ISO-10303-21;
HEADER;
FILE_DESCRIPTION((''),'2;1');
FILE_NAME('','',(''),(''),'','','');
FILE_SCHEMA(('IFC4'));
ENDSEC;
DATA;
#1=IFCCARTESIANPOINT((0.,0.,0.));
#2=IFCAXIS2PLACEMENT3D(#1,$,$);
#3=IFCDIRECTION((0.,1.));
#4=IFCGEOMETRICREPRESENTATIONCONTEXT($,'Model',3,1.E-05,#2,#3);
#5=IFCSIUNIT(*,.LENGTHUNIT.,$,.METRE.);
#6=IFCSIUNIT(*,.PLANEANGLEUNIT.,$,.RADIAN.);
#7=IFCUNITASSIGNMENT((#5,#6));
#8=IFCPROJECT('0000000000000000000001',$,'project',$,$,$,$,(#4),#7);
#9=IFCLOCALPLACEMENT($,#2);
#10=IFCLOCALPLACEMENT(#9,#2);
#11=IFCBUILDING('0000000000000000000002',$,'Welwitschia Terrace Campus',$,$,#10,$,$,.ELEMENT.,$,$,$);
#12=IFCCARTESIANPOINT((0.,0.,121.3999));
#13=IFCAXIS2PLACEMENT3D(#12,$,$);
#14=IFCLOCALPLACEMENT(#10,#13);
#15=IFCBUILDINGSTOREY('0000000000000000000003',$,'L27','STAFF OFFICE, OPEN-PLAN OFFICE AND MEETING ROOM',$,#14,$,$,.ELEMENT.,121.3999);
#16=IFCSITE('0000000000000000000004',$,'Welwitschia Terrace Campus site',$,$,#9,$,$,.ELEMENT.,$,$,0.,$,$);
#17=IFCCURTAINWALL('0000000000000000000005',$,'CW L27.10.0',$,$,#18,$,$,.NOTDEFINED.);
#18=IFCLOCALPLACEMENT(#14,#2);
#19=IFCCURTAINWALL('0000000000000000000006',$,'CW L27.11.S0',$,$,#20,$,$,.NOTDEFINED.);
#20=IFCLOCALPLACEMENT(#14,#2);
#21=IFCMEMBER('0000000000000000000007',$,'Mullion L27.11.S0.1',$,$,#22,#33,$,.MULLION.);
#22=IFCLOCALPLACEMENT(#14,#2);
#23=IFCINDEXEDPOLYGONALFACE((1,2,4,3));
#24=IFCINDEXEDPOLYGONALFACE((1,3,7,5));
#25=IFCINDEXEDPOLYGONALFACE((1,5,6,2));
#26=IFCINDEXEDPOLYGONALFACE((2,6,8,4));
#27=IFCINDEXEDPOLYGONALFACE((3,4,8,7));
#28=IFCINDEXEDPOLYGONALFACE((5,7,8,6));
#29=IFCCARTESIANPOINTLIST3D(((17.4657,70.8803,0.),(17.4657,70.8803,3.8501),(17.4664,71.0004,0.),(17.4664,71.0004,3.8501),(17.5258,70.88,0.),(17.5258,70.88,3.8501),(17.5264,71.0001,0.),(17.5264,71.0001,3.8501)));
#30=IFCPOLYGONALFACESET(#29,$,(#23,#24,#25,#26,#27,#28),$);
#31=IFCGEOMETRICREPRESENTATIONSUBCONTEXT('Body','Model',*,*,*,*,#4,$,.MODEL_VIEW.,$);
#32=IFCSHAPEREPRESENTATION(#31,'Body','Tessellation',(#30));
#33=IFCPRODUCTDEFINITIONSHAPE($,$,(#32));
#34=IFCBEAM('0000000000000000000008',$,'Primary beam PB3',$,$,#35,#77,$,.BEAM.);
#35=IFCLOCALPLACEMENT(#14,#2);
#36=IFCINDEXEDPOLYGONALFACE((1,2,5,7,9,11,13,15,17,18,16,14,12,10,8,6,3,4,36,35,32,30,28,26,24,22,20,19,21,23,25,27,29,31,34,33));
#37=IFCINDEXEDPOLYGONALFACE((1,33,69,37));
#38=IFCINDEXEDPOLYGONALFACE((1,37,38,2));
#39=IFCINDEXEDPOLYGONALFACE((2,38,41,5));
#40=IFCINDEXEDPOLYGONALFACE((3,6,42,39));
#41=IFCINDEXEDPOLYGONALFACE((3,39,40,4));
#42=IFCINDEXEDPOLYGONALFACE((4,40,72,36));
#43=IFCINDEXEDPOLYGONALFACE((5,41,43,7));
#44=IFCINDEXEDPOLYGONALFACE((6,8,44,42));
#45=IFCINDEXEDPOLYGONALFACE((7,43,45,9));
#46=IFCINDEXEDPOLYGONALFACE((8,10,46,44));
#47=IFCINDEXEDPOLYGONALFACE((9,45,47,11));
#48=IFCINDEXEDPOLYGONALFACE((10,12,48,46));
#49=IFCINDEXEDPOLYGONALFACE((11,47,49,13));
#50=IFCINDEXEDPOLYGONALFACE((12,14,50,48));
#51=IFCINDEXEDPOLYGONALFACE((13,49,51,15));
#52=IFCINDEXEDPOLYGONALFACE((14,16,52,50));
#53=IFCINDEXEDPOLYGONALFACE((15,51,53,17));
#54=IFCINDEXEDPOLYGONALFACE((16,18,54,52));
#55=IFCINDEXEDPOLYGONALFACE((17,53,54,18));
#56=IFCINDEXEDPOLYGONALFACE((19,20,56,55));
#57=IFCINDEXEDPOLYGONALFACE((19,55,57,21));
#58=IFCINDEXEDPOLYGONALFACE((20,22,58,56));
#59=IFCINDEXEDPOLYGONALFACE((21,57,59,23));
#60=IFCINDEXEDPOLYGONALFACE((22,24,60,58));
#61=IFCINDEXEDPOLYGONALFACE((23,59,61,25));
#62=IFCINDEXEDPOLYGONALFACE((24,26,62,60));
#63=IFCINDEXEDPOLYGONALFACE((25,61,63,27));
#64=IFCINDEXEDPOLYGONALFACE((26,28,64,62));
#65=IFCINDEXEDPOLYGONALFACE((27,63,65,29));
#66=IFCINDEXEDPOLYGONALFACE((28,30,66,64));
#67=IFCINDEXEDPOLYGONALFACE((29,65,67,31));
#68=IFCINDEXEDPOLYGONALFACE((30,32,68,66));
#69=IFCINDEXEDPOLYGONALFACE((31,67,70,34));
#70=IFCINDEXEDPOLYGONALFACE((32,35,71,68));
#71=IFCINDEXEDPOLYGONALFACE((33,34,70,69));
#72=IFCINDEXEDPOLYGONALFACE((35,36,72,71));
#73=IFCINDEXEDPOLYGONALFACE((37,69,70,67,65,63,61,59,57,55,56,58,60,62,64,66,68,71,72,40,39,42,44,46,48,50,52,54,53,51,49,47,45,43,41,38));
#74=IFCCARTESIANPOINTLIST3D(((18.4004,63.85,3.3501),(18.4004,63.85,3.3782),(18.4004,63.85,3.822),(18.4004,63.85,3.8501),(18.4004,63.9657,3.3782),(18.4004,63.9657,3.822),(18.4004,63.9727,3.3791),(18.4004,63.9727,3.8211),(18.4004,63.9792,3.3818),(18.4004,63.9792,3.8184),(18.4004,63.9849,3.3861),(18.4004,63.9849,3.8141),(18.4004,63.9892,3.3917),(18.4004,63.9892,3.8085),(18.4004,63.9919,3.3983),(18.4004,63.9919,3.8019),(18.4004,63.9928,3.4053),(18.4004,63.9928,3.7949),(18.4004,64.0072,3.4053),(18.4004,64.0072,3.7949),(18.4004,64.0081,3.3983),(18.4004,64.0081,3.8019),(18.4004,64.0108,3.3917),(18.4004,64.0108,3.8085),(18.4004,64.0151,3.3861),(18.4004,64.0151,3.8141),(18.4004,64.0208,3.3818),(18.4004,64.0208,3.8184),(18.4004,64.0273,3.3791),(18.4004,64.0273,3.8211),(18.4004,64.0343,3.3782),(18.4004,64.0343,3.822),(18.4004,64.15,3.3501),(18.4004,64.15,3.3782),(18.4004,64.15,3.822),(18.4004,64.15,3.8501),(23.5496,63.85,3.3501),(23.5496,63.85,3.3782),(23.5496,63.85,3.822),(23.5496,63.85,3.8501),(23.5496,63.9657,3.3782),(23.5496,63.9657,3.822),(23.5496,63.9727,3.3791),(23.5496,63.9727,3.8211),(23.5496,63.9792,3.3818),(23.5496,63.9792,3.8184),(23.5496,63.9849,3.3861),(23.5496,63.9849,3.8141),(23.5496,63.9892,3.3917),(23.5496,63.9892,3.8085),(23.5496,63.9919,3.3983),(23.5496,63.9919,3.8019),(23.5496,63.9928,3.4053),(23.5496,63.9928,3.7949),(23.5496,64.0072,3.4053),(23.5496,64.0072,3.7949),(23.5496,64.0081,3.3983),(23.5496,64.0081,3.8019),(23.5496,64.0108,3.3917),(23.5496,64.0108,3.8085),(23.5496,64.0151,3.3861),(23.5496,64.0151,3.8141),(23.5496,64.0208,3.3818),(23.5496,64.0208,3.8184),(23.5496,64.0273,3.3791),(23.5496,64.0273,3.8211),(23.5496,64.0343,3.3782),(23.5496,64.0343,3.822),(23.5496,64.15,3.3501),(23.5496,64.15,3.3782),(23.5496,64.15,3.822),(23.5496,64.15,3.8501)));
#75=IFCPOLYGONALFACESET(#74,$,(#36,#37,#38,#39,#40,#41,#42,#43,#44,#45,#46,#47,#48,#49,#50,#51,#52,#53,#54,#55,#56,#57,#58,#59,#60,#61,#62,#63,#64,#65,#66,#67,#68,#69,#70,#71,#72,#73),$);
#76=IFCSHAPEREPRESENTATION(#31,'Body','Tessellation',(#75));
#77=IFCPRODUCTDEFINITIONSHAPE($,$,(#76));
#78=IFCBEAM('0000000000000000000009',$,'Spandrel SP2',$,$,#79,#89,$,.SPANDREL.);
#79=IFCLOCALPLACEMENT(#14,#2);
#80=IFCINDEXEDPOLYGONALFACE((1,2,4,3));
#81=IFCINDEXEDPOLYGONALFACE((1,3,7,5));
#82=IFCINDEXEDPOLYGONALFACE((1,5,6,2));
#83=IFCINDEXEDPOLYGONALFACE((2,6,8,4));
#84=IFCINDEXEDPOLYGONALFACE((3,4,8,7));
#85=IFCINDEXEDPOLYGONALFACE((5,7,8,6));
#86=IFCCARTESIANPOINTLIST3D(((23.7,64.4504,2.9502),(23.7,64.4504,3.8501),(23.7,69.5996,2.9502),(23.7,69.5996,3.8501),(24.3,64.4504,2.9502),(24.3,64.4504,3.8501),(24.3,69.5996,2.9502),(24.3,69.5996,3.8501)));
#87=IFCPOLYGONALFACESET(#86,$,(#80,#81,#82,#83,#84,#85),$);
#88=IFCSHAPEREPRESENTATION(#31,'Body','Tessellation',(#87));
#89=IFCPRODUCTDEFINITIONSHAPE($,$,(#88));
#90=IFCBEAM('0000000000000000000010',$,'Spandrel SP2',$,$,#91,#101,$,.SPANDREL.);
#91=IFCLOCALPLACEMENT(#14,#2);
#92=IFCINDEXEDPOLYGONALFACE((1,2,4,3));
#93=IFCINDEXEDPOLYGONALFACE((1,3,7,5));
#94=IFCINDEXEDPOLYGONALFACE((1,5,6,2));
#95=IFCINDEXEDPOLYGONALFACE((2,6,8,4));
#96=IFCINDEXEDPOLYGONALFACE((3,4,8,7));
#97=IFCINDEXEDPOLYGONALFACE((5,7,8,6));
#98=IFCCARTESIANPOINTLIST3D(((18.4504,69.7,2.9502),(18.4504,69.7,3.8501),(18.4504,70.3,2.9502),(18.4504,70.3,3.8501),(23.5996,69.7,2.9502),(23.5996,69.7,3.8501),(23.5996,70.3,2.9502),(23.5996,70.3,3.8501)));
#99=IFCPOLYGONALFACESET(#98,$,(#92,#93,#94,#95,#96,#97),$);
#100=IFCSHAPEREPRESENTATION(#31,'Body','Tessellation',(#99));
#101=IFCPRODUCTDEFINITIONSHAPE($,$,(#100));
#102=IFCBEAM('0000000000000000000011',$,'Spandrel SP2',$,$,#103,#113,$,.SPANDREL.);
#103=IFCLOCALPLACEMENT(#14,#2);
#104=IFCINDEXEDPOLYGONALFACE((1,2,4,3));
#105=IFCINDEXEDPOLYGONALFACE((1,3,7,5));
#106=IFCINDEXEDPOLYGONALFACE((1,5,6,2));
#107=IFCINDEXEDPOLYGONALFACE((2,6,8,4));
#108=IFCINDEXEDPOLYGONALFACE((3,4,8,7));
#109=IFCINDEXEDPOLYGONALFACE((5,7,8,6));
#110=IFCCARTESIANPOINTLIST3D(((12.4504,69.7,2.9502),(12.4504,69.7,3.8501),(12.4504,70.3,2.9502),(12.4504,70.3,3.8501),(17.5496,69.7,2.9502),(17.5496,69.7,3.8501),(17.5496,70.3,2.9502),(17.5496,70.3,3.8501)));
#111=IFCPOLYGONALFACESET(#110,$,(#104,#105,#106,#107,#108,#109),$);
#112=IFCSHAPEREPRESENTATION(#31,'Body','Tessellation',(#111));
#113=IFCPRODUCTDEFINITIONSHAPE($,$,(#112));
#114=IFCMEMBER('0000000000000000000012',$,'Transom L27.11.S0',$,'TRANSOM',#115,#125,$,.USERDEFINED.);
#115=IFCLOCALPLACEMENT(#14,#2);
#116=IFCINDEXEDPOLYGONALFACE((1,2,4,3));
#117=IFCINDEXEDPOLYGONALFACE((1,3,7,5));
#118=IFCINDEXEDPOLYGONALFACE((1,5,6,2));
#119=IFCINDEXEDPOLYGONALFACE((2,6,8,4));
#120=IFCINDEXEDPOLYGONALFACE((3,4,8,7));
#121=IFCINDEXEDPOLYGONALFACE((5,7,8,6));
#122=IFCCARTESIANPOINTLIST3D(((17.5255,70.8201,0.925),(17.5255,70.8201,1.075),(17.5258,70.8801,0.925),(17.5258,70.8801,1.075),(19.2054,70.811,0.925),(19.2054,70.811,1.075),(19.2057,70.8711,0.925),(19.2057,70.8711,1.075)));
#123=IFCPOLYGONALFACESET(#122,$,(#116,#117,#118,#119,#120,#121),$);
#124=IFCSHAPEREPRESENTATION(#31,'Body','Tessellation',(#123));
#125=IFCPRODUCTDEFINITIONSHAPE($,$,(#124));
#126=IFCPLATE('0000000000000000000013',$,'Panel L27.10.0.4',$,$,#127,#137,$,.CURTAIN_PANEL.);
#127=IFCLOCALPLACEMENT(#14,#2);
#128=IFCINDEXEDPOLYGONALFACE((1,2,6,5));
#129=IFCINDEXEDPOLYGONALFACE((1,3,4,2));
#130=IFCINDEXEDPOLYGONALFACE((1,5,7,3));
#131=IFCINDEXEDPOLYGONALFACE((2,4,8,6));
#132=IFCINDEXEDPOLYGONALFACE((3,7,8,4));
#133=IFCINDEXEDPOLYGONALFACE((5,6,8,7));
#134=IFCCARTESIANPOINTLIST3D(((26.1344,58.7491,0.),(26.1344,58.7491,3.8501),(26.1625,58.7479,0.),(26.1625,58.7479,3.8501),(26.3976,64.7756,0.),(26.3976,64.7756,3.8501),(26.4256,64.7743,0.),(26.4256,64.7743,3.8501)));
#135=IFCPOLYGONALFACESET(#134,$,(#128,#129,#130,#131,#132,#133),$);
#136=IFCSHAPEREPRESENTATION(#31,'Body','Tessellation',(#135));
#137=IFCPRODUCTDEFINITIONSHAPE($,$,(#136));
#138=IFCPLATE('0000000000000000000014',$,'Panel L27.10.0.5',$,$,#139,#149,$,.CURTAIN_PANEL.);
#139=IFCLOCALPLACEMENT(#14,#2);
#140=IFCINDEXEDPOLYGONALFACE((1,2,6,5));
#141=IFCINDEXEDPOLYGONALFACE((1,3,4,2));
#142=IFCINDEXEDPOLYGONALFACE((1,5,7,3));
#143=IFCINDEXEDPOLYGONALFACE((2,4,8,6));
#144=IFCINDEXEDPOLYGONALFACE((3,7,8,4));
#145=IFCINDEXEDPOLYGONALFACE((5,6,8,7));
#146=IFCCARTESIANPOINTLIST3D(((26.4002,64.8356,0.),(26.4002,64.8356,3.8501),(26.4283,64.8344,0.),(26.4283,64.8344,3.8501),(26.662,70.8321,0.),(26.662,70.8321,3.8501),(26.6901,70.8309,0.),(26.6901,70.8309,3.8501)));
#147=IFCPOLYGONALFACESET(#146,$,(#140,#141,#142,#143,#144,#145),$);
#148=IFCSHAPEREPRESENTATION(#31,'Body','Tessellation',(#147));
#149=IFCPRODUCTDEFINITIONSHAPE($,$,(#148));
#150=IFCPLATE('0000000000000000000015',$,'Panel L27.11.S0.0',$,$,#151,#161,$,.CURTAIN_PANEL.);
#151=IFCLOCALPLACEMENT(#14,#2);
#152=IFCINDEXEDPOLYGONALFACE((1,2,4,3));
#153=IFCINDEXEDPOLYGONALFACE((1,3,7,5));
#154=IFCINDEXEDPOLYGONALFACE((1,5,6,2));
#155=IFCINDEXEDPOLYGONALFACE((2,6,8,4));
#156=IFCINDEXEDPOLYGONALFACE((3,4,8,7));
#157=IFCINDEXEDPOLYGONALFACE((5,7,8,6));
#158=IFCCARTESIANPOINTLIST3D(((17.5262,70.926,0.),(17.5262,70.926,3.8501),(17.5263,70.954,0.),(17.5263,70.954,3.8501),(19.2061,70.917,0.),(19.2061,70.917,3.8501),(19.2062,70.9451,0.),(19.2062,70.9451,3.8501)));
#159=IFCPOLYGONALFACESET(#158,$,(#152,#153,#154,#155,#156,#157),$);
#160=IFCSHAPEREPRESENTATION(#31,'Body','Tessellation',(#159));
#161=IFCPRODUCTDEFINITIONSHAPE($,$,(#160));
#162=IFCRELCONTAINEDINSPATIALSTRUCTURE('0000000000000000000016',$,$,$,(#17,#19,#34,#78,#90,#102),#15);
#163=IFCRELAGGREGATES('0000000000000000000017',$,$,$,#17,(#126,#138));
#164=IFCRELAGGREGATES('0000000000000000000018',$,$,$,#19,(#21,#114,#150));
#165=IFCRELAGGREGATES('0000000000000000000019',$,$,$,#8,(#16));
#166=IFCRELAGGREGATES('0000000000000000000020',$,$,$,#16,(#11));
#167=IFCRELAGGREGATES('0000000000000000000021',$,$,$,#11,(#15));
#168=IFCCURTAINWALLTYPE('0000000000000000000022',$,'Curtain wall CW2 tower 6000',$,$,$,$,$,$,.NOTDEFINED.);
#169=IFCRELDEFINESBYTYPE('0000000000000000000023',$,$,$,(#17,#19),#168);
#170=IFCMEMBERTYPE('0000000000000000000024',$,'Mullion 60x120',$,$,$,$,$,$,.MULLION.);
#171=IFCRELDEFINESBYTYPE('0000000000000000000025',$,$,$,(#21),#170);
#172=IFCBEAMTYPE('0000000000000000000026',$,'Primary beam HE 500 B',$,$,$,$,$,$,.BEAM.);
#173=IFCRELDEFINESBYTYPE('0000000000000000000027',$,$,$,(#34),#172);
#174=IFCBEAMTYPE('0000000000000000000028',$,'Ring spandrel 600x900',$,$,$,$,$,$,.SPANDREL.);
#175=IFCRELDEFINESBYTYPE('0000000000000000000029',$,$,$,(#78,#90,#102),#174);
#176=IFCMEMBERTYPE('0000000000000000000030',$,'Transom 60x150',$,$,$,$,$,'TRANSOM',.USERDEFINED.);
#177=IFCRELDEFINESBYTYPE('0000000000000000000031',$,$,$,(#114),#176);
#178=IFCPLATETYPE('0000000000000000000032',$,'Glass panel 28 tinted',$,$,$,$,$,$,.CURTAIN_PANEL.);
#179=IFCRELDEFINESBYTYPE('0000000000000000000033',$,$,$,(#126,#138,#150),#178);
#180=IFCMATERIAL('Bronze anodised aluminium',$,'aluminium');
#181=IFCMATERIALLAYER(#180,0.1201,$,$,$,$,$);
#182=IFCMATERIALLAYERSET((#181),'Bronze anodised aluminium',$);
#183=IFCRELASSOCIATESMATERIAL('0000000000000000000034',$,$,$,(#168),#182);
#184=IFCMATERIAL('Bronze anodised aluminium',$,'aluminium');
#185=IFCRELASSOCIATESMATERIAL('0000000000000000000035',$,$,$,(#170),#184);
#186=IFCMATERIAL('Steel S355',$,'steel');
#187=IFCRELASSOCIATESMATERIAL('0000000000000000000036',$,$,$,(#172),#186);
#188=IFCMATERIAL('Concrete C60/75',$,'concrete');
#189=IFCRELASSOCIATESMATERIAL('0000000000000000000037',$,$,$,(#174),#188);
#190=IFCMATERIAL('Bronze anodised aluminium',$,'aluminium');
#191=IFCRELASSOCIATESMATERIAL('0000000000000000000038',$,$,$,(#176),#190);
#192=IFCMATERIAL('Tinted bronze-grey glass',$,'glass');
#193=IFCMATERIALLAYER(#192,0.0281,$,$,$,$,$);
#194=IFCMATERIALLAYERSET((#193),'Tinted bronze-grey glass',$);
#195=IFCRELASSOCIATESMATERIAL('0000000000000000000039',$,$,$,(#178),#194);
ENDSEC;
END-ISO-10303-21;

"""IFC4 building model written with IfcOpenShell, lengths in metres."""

from ifc_helpers import new_model, si_unit, direction, frame, origin, origin_2d, place, context, subcontext, project, spatial, rectangle, i_section, extrude, material, layer, layer_set, material_profile, profile_set, type_object, element, aggregate, save


model = new_model("IFC4")

# Units and contexts
model_context = context("Model", 3, precision=1e-05, world=origin(), true_north=direction((0.0, 1.0)))
body_context = subcontext(model_context, "Body", "Model", "MODEL_VIEW")
ifc_project = project(units=[si_unit("LENGTHUNIT", "METRE"), si_unit("PLANEANGLEUNIT", "RADIAN")], contexts=[model_context])

# Site, building, storey
site_placement = place(None, origin())
site = spatial("IfcSite", under=ifc_project, at=site_placement, Name="Welwitschia Terrace Campus site", CompositionType="ELEMENT", RefElevation=0.0)
building_placement = place(site_placement, origin())
building = spatial("IfcBuilding", under=site, at=building_placement, Name="Welwitschia Terrace Campus", CompositionType="ELEMENT")
storey_placement = place(building_placement, frame((0.0, 0.0, 121.3999)))
storey = spatial("IfcBuildingStorey", under=building, at=storey_placement, Name="L27", Description="STAFF OFFICE, OPEN-PLAN OFFICE AND MEETING ROOM", CompositionType="ELEMENT", Elevation=121.3999)

# Curtain walls, member
ifc_material_1 = material(Name="Bronze anodised aluminium", Category="aluminium")
ifc_layer_1 = layer(ifc_material_1, 0.1201)
ifc_layer_set_1 = layer_set([ifc_layer_1], Name="Bronze anodised aluminium")
curtain_wall_type = type_object("IfcCurtainWallType", Name="Curtain wall CW2 tower 6000", PredefinedType="NOTDEFINED", material=ifc_layer_set_1)
curtain_wall_1_placement = place(storey_placement, origin())
curtain_wall_1 = element("IfcCurtainWall", 1, at=curtain_wall_1_placement, inside=storey, type_object=curtain_wall_type, Name="CW L27.10.0", PredefinedType="NOTDEFINED")
ifc_material_2 = material(Name="Bronze anodised aluminium", Category="aluminium")
ifc_material_profile_1 = material_profile(ifc_material_2, rectangle(XDim=0.1201, YDim=0.0601, at=origin_2d()))
ifc_profile_set_1 = profile_set([ifc_material_profile_1], Name="Bronze anodised aluminium")
member_type_1 = type_object("IfcMemberType", Name="Mullion 60x120", PredefinedType="MULLION", material=ifc_profile_set_1)
curtain_wall_2_placement = place(storey_placement, origin())
curtain_wall_2 = element("IfcCurtainWall", 2, at=curtain_wall_2_placement, inside=storey, type_object=curtain_wall_type, Name="CW L27.11.S0", PredefinedType="NOTDEFINED")
member_1_placement = place(storey_placement, frame((17.4961, 70.9402, 0.0), z_axis=(0.0, 0.0, 1.0), x_axis=(-0.005314, -0.999986, 0.0)))
member_1 = element("IfcMember", 3, at=member_1_placement, type_object=member_type_1, Name="Mullion L27.11.S0.1", PredefinedType="MULLION", context=body_context, shape_type="SweptSolid", body=[
    extrude(rectangle(XDim=0.1201, YDim=0.0601, at=origin_2d()), origin(), (0.0, 0.0, 1.0), 3.8501),
])

# Beams
ifc_material_3 = material(Name="Steel S355", Category="steel")
ifc_material_profile_2 = material_profile(ifc_material_3, i_section(OverallWidth=0.3, OverallDepth=0.5, WebThickness=0.0144, FlangeThickness=0.0281, FilletRadius=0.0271, at=origin_2d()))
ifc_profile_set_2 = profile_set([ifc_material_profile_2], Name="Steel S355")
beam_type_1 = type_object("IfcBeamType", Name="Primary beam HE 500 B", PredefinedType="BEAM", material=ifc_profile_set_2)
beam_1_placement = place(storey_placement, frame((23.5496, 64.0, 3.6001), z_axis=(-1.0, 0.0, 0.0), x_axis=(0.0, -1.0, 0.0)))
element("IfcBeam", 4, at=beam_1_placement, inside=storey, type_object=beam_type_1, Name="Primary beam PB3", PredefinedType="BEAM", context=body_context, shape_type="SweptSolid", body=[
    extrude(i_section(OverallWidth=0.3, OverallDepth=0.5, WebThickness=0.0144, FlangeThickness=0.0281, FilletRadius=0.0271, at=origin_2d()), origin(), (0.0, 0.0, 1.0), 5.1492),
])
ifc_material_4 = material(Name="Concrete C60/75", Category="concrete")
ifc_material_profile_3 = material_profile(ifc_material_4, rectangle(XDim=0.6001, YDim=0.8999, at=origin_2d()))
ifc_profile_set_3 = profile_set([ifc_material_profile_3], Name="Concrete C60/75")
beam_type_2 = type_object("IfcBeamType", Name="Ring spandrel 600x900", PredefinedType="SPANDREL", material=ifc_profile_set_3)
for number, where, z_axis, x_axis, name in (
    (5, (24.0, 64.4504, 3.4001), (0.0, 1.0, 0.0), (-1.0, 0.0, 0.0), "Spandrel SP2"),
    (6, (23.5996, 70.0, 3.4001), (-1.0, 0.0, 0.0), (0.0, -1.0, 0.0), "Spandrel SP2"),
):
    element("IfcBeam", number, at=place(storey_placement, frame(where, z_axis=z_axis, x_axis=x_axis)), inside=storey, type_object=beam_type_2, Name=name, PredefinedType="SPANDREL", context=body_context, shape_type="SweptSolid", body=[
        extrude(rectangle(XDim=0.6001, YDim=0.8999, at=origin_2d()), origin(), (0.0, 0.0, 1.0), 5.1492),
    ])
beam_2_placement = place(storey_placement, frame((17.5496, 70.0, 3.4001), z_axis=(-1.0, 0.0, 0.0), x_axis=(0.0, -1.0, 0.0)))
element("IfcBeam", 7, at=beam_2_placement, inside=storey, type_object=beam_type_2, Name="Spandrel SP2", PredefinedType="SPANDREL", context=body_context, shape_type="SweptSolid", body=[
    extrude(rectangle(XDim=0.6001, YDim=0.8999, at=origin_2d()), origin(), (0.0, 0.0, 1.0), 5.0991),
])

# Member
ifc_material_5 = material(Name="Bronze anodised aluminium", Category="aluminium")
ifc_material_profile_4 = material_profile(ifc_material_5, rectangle(XDim=0.0601, YDim=0.1499, at=origin_2d()))
ifc_profile_set_4 = profile_set([ifc_material_profile_4], Name="Bronze anodised aluminium")
member_type_2 = type_object("IfcMemberType", Name="Transom 60x150", ElementType="TRANSOM", PredefinedType="USERDEFINED", material=ifc_profile_set_4)
member_2_placement = place(storey_placement, frame((19.2056, 70.8411, 1.0), z_axis=(-0.999986, 0.005377, 0.0), x_axis=(-0.005377, -0.999986, 0.0)))
member_2 = element("IfcMember", 8, at=member_2_placement, type_object=member_type_2, Name="Transom L27.11.S0", ObjectType="TRANSOM", PredefinedType="USERDEFINED", context=body_context, shape_type="SweptSolid", body=[
    extrude(rectangle(XDim=0.0601, YDim=0.1499, at=origin_2d()), origin(), (0.0, 0.0, 1.0), 1.6799),
])

# Plates
ifc_material_6 = material(Name="Tinted bronze-grey glass", Category="glass")
ifc_layer_2 = layer(ifc_material_6, 0.0281)
ifc_layer_set_2 = layer_set([ifc_layer_2], Name="Tinted bronze-grey glass")
plate_type = type_object("IfcPlateType", Name="Glass panel 28 tinted", PredefinedType="CURTAIN_PANEL", material=ifc_layer_set_2)
plate_1_placement = place(storey_placement, frame((26.28, 61.7617, 0.0), z_axis=(0.0, 0.0, 1.0), x_axis=(0.043619, 0.999048, 0.0)))
plate_1 = element("IfcPlate", 9, at=plate_1_placement, type_object=plate_type, Name="Panel L27.10.0.4", PredefinedType="CURTAIN_PANEL", context=body_context, shape_type="SweptSolid", body=[
    extrude(rectangle(XDim=6.0322, YDim=0.0281, at=origin_2d()), origin(), (0.0, 0.0, 1.0), 3.8501),
])
plate_2_placement = place(storey_placement, frame((26.5452, 67.8333, 0.0), z_axis=(0.0, 0.0, 1.0), x_axis=(0.043619, 0.999048, 0.0)))
plate_2 = element("IfcPlate", 10, at=plate_2_placement, type_object=plate_type, Name="Panel L27.10.0.5", PredefinedType="CURTAIN_PANEL", context=body_context, shape_type="SweptSolid", body=[
    extrude(rectangle(XDim=6.0022, YDim=0.0281, at=origin_2d()), origin(), (0.0, 0.0, 1.0), 3.8501),
])
aggregate(curtain_wall_1, [plate_1, plate_2])
plate_3_placement = place(storey_placement, frame((18.3662, 70.9355, 0.0), z_axis=(0.0, 0.0, 1.0), x_axis=(-0.999986, 0.005314, 0.0)))
plate_3 = element("IfcPlate", 11, at=plate_3_placement, type_object=plate_type, Name="Panel L27.11.S0.0", PredefinedType="CURTAIN_PANEL", context=body_context, shape_type="SweptSolid", body=[
    extrude(rectangle(XDim=1.6799, YDim=0.0281, at=origin_2d()), origin(), (0.0, 0.0, 1.0), 3.8501),
])
aggregate(curtain_wall_2, [member_1, member_2, plate_3])

save(model, "model.ifc")
